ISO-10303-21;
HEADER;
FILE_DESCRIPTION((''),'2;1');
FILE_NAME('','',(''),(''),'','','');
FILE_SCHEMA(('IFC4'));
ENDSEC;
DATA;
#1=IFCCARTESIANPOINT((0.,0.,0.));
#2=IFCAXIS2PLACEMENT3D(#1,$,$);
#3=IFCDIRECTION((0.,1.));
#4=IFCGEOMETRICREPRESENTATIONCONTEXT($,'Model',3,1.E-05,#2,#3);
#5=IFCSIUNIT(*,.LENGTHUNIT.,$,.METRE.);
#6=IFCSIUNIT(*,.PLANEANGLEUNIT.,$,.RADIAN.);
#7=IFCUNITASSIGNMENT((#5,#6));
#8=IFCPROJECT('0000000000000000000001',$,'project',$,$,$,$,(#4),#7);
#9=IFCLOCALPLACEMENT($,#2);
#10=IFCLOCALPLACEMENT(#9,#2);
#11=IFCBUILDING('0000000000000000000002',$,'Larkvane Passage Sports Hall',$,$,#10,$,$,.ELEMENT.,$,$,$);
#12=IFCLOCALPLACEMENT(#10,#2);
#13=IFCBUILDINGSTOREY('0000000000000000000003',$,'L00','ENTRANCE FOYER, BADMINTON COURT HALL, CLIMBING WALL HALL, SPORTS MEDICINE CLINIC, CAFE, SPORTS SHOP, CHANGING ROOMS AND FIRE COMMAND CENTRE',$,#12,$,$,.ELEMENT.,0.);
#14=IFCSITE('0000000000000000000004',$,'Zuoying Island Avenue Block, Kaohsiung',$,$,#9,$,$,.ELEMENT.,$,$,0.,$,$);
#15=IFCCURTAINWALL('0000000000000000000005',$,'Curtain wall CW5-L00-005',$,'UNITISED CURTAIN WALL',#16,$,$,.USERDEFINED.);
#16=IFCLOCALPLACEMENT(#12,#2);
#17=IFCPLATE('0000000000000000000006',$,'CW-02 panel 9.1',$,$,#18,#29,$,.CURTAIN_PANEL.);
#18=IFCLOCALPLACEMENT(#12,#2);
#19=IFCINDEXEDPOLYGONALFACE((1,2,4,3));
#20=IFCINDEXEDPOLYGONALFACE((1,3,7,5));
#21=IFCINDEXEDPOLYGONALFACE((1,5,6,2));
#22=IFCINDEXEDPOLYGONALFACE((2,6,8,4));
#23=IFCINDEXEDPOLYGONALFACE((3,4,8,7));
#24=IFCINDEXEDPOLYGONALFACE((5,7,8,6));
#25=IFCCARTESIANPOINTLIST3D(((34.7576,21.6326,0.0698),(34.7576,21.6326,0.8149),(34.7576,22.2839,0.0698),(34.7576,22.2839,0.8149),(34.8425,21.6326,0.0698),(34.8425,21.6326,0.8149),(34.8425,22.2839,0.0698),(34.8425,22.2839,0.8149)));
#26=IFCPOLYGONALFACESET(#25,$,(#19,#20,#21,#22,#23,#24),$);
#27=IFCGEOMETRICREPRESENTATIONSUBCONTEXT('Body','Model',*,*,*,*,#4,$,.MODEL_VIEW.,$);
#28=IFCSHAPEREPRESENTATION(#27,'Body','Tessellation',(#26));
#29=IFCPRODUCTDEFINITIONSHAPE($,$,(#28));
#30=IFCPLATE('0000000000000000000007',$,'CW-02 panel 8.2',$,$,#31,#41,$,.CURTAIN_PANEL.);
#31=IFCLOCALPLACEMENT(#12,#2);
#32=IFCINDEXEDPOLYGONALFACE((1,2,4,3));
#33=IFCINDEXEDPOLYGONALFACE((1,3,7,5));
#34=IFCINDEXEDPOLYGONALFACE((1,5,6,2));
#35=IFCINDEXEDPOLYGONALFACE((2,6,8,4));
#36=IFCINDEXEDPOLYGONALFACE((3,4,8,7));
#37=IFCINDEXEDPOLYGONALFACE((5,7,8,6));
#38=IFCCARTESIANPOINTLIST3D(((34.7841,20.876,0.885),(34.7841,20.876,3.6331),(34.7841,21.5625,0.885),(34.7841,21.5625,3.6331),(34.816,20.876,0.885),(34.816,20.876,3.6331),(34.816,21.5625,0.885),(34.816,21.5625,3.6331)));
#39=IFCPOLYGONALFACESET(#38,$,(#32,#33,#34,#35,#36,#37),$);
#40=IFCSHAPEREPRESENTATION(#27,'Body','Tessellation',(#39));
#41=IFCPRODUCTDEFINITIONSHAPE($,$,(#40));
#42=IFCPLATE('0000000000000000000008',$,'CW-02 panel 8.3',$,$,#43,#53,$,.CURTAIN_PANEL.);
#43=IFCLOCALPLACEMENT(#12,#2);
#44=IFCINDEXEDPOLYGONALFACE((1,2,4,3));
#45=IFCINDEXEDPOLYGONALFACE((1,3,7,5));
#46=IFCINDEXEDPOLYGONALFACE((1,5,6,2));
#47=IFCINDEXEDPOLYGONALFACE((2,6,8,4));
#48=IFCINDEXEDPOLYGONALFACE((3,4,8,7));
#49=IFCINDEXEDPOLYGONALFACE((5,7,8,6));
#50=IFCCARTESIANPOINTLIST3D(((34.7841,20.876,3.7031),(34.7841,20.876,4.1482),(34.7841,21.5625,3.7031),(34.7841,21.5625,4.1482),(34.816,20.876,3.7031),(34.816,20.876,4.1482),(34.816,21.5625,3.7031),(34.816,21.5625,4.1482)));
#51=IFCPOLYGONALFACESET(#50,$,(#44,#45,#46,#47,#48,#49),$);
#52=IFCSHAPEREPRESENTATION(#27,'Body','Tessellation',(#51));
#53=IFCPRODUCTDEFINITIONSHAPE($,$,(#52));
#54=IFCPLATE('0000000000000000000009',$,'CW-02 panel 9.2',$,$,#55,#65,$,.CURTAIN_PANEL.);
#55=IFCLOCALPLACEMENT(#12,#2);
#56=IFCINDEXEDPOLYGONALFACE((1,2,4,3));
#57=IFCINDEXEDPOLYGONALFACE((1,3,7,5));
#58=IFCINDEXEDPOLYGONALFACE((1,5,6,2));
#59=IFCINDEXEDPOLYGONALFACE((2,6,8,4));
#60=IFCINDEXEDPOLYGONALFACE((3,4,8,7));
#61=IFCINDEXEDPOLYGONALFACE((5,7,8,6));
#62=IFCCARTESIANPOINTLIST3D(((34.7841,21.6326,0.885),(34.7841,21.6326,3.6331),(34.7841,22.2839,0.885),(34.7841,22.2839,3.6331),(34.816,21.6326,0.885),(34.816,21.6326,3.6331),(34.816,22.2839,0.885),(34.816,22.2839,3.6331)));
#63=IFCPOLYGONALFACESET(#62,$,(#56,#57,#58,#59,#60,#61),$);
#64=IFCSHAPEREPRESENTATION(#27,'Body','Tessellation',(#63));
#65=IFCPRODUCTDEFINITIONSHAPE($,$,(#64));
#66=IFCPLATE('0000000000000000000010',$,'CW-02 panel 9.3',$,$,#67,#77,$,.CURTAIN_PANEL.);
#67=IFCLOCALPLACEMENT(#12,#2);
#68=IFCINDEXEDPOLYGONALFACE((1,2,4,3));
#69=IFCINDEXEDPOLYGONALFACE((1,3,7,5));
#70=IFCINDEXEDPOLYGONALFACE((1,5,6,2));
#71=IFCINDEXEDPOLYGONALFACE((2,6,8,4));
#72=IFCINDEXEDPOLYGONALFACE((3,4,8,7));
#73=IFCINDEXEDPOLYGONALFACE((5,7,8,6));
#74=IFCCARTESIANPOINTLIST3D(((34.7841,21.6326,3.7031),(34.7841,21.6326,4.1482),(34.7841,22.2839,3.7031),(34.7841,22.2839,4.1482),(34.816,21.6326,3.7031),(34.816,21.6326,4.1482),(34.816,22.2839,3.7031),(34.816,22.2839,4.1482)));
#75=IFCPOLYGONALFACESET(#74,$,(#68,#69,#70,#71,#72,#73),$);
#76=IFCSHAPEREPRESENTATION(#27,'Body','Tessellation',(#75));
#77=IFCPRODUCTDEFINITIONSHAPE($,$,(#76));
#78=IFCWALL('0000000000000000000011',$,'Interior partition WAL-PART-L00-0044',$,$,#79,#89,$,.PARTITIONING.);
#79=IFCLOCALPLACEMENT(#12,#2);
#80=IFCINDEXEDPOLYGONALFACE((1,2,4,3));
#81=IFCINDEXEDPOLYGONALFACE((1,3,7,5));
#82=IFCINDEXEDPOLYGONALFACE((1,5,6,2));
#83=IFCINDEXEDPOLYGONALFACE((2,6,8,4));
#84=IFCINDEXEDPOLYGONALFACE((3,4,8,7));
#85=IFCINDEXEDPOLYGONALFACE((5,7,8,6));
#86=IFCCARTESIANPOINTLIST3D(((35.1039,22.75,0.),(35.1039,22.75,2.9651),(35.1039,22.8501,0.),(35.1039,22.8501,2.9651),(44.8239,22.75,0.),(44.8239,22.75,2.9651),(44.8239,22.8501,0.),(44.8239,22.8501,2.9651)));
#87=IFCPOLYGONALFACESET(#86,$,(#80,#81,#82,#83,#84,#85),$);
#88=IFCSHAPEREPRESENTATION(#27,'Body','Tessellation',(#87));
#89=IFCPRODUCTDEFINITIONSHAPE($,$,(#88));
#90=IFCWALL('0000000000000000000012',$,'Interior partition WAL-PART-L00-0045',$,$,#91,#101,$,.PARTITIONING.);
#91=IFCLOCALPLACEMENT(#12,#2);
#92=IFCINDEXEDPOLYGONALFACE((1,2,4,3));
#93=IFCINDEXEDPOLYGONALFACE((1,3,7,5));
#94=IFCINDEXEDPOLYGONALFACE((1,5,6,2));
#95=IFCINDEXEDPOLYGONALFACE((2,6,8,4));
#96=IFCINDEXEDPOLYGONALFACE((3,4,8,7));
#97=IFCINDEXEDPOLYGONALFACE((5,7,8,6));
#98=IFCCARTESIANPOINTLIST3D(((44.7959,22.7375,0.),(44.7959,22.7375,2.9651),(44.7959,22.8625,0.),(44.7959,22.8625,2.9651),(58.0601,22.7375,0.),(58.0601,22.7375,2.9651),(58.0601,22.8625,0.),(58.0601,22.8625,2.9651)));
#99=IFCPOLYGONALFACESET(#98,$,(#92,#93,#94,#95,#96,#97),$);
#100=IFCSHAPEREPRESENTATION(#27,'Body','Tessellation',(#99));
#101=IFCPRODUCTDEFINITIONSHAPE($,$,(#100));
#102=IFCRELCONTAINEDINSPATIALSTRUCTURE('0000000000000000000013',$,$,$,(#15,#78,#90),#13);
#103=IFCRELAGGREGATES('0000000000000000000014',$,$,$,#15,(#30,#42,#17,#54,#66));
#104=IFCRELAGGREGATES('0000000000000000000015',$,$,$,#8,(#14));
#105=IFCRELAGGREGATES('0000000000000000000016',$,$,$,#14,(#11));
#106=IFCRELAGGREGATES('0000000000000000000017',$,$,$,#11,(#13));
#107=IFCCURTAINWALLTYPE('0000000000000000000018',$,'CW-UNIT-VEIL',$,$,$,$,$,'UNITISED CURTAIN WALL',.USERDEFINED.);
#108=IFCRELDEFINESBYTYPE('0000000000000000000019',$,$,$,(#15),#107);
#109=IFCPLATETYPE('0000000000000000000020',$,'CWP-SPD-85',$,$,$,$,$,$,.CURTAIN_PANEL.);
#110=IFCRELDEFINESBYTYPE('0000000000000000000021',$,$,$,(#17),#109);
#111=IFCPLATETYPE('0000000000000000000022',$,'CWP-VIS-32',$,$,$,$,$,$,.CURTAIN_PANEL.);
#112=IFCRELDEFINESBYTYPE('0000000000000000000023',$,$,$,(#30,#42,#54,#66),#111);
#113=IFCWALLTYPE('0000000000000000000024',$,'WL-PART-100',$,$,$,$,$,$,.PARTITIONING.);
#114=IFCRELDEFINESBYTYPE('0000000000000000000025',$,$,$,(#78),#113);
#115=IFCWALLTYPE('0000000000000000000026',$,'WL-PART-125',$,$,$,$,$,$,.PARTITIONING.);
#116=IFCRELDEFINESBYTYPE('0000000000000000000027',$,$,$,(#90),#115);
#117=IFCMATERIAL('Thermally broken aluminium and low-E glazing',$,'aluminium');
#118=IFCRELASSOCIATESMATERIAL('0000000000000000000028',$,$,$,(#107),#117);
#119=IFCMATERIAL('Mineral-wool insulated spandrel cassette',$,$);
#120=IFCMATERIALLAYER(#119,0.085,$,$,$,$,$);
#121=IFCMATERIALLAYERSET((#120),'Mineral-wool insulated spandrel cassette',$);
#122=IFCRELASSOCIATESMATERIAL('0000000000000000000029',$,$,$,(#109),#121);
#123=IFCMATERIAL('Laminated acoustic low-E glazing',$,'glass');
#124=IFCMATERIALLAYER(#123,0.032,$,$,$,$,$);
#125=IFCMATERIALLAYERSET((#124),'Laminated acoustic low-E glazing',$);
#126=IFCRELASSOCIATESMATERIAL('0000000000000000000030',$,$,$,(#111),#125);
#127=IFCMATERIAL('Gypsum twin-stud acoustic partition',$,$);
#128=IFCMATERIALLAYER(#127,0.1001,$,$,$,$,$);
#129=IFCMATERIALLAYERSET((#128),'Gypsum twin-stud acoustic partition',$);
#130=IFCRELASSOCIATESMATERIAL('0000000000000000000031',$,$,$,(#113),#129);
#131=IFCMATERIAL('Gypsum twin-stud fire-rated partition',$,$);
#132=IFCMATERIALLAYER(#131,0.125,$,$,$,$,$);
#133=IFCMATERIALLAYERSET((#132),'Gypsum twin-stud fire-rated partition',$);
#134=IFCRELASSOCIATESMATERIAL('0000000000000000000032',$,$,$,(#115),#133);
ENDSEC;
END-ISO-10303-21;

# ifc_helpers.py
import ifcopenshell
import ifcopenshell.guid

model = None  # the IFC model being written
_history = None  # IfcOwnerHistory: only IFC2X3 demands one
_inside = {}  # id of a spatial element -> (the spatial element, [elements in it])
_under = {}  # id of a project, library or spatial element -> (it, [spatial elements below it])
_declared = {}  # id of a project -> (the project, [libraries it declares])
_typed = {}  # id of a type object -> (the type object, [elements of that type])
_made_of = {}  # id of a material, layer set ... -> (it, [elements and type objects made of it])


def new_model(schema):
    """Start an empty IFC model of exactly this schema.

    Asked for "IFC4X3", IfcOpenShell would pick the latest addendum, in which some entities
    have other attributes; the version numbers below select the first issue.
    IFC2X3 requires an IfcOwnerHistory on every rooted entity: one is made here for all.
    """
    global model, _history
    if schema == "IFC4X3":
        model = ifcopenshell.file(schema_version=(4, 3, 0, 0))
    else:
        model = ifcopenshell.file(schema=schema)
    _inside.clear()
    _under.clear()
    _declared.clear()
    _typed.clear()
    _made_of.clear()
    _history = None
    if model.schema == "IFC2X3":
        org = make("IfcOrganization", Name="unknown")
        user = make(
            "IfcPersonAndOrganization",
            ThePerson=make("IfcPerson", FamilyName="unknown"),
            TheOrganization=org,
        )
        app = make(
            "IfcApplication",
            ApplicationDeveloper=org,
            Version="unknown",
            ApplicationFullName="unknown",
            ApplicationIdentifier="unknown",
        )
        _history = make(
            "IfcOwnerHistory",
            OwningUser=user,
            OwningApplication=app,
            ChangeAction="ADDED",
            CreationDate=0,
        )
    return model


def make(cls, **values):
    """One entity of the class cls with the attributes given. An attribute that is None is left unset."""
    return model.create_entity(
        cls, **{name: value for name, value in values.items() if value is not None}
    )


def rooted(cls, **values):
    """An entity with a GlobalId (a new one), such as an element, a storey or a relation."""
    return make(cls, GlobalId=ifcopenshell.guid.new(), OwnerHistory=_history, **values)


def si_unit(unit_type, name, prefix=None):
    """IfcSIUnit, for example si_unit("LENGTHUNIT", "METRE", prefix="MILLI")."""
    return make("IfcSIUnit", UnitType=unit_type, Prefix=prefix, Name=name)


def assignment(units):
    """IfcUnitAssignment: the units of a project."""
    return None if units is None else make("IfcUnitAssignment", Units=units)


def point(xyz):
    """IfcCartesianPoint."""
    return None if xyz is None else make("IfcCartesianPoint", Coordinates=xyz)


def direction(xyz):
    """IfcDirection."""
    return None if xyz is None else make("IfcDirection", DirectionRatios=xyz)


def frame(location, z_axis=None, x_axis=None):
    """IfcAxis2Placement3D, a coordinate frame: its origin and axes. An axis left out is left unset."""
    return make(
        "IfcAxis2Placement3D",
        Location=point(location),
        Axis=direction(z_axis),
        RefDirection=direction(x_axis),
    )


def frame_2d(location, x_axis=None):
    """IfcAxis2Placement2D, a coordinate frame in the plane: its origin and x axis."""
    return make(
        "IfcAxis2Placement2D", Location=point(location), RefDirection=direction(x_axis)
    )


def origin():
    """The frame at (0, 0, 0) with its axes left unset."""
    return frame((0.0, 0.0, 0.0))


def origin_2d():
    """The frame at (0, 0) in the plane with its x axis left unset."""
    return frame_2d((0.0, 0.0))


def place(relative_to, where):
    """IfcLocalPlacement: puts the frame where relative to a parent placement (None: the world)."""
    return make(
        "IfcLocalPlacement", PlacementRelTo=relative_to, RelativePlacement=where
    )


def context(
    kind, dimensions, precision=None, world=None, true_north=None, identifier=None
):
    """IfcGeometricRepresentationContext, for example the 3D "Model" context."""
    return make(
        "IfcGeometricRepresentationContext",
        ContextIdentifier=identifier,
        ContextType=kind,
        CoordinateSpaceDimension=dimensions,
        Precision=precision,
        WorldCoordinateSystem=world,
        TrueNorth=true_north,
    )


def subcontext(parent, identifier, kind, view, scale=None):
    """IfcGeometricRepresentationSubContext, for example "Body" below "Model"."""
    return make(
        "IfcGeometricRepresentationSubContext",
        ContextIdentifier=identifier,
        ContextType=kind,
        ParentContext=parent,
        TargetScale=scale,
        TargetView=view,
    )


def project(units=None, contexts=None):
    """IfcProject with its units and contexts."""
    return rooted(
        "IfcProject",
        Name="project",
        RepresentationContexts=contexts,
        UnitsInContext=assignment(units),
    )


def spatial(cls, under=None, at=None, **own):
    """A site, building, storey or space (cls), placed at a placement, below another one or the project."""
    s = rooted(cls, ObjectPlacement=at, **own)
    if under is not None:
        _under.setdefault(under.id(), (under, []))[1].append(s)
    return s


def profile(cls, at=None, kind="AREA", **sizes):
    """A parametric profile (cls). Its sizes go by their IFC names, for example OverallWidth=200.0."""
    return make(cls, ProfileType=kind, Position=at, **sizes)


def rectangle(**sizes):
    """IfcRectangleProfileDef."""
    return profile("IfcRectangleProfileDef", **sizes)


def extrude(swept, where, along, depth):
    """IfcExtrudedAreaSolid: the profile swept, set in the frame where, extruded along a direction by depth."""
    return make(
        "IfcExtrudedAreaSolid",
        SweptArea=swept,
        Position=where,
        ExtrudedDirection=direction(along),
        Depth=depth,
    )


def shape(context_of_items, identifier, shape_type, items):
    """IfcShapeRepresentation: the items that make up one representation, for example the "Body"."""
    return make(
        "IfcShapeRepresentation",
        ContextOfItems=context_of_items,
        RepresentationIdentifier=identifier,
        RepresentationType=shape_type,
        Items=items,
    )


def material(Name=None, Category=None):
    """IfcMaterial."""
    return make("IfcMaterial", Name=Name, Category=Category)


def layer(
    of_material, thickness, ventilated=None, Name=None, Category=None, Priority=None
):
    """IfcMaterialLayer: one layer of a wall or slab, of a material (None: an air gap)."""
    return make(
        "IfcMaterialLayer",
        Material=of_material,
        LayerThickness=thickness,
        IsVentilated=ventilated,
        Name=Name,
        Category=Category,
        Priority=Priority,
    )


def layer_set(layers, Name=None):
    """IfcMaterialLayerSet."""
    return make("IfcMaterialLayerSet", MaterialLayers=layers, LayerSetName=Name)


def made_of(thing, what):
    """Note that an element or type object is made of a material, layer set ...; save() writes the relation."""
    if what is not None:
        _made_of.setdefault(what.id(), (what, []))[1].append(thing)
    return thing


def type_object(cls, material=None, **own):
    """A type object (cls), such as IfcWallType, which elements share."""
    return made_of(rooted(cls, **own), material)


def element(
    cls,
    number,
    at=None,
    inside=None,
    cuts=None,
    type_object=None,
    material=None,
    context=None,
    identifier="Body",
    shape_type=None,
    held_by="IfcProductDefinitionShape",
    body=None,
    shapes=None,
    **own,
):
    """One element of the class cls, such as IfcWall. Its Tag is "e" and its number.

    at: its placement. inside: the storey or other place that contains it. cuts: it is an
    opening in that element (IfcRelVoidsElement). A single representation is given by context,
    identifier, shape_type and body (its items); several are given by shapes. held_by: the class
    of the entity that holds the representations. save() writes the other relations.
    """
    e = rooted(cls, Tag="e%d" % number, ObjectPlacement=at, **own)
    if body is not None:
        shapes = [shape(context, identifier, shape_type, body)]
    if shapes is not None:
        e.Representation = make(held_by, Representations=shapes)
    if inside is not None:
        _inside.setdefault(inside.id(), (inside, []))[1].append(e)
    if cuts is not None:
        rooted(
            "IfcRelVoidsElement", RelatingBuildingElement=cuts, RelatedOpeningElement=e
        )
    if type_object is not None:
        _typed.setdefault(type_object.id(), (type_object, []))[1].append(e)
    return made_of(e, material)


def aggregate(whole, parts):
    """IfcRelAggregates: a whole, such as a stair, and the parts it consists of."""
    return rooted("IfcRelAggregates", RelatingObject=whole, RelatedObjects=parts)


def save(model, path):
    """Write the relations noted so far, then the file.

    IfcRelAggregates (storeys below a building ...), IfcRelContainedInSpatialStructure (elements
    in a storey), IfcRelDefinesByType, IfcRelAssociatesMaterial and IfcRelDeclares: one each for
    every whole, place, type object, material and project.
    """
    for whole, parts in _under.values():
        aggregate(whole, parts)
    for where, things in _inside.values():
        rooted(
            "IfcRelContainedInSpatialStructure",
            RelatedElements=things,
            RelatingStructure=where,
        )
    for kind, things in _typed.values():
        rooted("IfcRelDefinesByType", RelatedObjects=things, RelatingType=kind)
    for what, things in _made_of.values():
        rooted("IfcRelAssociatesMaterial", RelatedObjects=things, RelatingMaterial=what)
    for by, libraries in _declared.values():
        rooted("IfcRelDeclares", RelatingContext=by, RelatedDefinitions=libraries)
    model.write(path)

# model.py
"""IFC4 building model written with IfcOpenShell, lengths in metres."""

from ifc_helpers import new_model, si_unit, direction, frame, frame_2d, origin, origin_2d, place, context, subcontext, project, spatial, rectangle, extrude, material, layer, layer_set, type_object, element, aggregate, save


model = new_model("IFC4")

# Units and contexts
model_context = context("Model", 3, precision=1e-05, world=origin(), true_north=direction((0.0, 1.0)))
body_context = subcontext(model_context, "Body", "Model", "MODEL_VIEW")
ifc_project = project(units=[si_unit("LENGTHUNIT", "METRE"), si_unit("PLANEANGLEUNIT", "RADIAN")], contexts=[model_context])

# Site, building, storey
site_placement = place(None, origin())
site = spatial("IfcSite", under=ifc_project, at=site_placement, Name="Zuoying Island Avenue Block, Kaohsiung", CompositionType="ELEMENT", RefElevation=0.0)
building_placement = place(site_placement, origin())
building = spatial("IfcBuilding", under=site, at=building_placement, Name="Larkvane Passage Sports Hall", CompositionType="ELEMENT")
storey_placement = place(building_placement, origin())
storey = spatial("IfcBuildingStorey", under=building, at=storey_placement, Name="L00", Description="ENTRANCE FOYER, BADMINTON COURT HALL, CLIMBING WALL HALL, SPORTS MEDICINE CLINIC, CAFE, SPORTS SHOP, CHANGING ROOMS AND FIRE COMMAND CENTRE", CompositionType="ELEMENT", Elevation=0.0)

# Curtain wall
ifc_material_1 = material(Name="Thermally broken aluminium and low-E glazing", Category="aluminium")
curtain_wall_type = type_object("IfcCurtainWallType", Name="CW-UNIT-VEIL", ElementType="UNITISED CURTAIN WALL", PredefinedType="USERDEFINED", material=ifc_material_1)
curtain_wall_placement = place(storey_placement, origin())
curtain_wall = element("IfcCurtainWall", 1, at=curtain_wall_placement, inside=storey, type_object=curtain_wall_type, Name="Curtain wall CW5-L00-005", ObjectType="UNITISED CURTAIN WALL", PredefinedType="USERDEFINED")

# Plates
ifc_material_2 = material(Name="Mineral-wool insulated spandrel cassette")
ifc_layer_1 = layer(ifc_material_2, 0.085)
ifc_layer_set_1 = layer_set([ifc_layer_1], Name="Mineral-wool insulated spandrel cassette")
plate_type_1 = type_object("IfcPlateType", Name="CWP-SPD-85", PredefinedType="CURTAIN_PANEL", material=ifc_layer_set_1)
plate_1_placement = place(storey_placement, frame((34.8, 21.9583, 0.0698), z_axis=(0.0, 0.0, 1.0), x_axis=(0.0, 1.0, 0.0)))
plate_1 = element("IfcPlate", 2, at=plate_1_placement, type_object=plate_type_1, Name="CW-02 panel 9.1", PredefinedType="CURTAIN_PANEL", context=body_context, shape_type="SweptSolid", body=[
    extrude(rectangle(XDim=0.6514, YDim=0.085, at=origin_2d()), origin(), (0.0, 0.0, 1.0), 0.7451),
])
ifc_material_3 = material(Name="Laminated acoustic low-E glazing", Category="glass")
ifc_layer_2 = layer(ifc_material_3, 0.032)
ifc_layer_set_2 = layer_set([ifc_layer_2], Name="Laminated acoustic low-E glazing")
plate_type_2 = type_object("IfcPlateType", Name="CWP-VIS-32", PredefinedType="CURTAIN_PANEL", material=ifc_layer_set_2)
plate_2_placement = place(storey_placement, frame((34.8, 21.2192, 0.885), z_axis=(0.0, 0.0, 1.0), x_axis=(0.0, 1.0, 0.0)))
plate_2 = element("IfcPlate", 3, at=plate_2_placement, type_object=plate_type_2, Name="CW-02 panel 8.2", PredefinedType="CURTAIN_PANEL", context=body_context, shape_type="SweptSolid", body=[
    extrude(rectangle(XDim=0.6865, YDim=0.032, at=origin_2d()), origin(), (0.0, 0.0, 1.0), 2.748),
])
plate_3_placement = place(storey_placement, frame((34.8, 21.2192, 3.7031), z_axis=(0.0, 0.0, 1.0), x_axis=(0.0, 1.0, 0.0)))
plate_3 = element("IfcPlate", 4, at=plate_3_placement, type_object=plate_type_2, Name="CW-02 panel 8.3", PredefinedType="CURTAIN_PANEL", context=body_context, shape_type="SweptSolid", body=[
    extrude(rectangle(XDim=0.6865, YDim=0.032, at=origin_2d()), origin(), (0.0, 0.0, 1.0), 0.4451),
])
plate_4_placement = place(storey_placement, frame((34.8, 21.9583, 0.885), z_axis=(0.0, 0.0, 1.0), x_axis=(0.0, 1.0, 0.0)))
plate_4 = element("IfcPlate", 5, at=plate_4_placement, type_object=plate_type_2, Name="CW-02 panel 9.2", PredefinedType="CURTAIN_PANEL", context=body_context, shape_type="SweptSolid", body=[
    extrude(rectangle(XDim=0.6514, YDim=0.032, at=origin_2d()), origin(), (0.0, 0.0, 1.0), 2.748),
])
plate_5_placement = place(storey_placement, frame((34.8, 21.9583, 3.7031), z_axis=(0.0, 0.0, 1.0), x_axis=(0.0, 1.0, 0.0)))
plate_5 = element("IfcPlate", 6, at=plate_5_placement, type_object=plate_type_2, Name="CW-02 panel 9.3", PredefinedType="CURTAIN_PANEL", context=body_context, shape_type="SweptSolid", body=[
    extrude(rectangle(XDim=0.6514, YDim=0.032, at=origin_2d()), origin(), (0.0, 0.0, 1.0), 0.4451),
])
aggregate(curtain_wall, [plate_2, plate_3, plate_1, plate_4, plate_5])

# Walls
ifc_material_4 = material(Name="Gypsum twin-stud acoustic partition")
ifc_layer_3 = layer(ifc_material_4, 0.1001)
ifc_layer_set_3 = layer_set([ifc_layer_3], Name="Gypsum twin-stud acoustic partition")
wall_type_1 = type_object("IfcWallType", Name="WL-PART-100", PredefinedType="PARTITIONING", material=ifc_layer_set_3)
wall_1_placement = place(storey_placement, frame((35.104, 22.8, 0.0), z_axis=(0.0, 0.0, 1.0), x_axis=(1.0, 0.0, 0.0)))
element("IfcWall", 7, at=wall_1_placement, inside=storey, type_object=wall_type_1, Name="Interior partition WAL-PART-L00-0044", PredefinedType="PARTITIONING", context=body_context, shape_type="SweptSolid", body=[
    extrude(rectangle(XDim=9.72, YDim=0.1001, at=frame_2d((4.8599, 0.0))), origin(), (0.0, 0.0, 1.0), 2.9651),
])
ifc_material_5 = material(Name="Gypsum twin-stud fire-rated partition")
ifc_layer_4 = layer(ifc_material_5, 0.125)
ifc_layer_set_4 = layer_set([ifc_layer_4], Name="Gypsum twin-stud fire-rated partition")
wall_type_2 = type_object("IfcWallType", Name="WL-PART-125", PredefinedType="PARTITIONING", material=ifc_layer_set_4)
wall_2_placement = place(storey_placement, frame((44.7959, 22.8, 0.0), z_axis=(0.0, 0.0, 1.0), x_axis=(1.0, 0.0, 0.0)))
element("IfcWall", 8, at=wall_2_placement, inside=storey, type_object=wall_type_2, Name="Interior partition WAL-PART-L00-0045", PredefinedType="PARTITIONING", context=body_context, shape_type="SweptSolid", body=[
    extrude(rectangle(XDim=13.2642, YDim=0.125, at=frame_2d((6.6321, 0.0))), origin(), (0.0, 0.0, 1.0), 2.9651),
])

save(model, "model.ifc")
